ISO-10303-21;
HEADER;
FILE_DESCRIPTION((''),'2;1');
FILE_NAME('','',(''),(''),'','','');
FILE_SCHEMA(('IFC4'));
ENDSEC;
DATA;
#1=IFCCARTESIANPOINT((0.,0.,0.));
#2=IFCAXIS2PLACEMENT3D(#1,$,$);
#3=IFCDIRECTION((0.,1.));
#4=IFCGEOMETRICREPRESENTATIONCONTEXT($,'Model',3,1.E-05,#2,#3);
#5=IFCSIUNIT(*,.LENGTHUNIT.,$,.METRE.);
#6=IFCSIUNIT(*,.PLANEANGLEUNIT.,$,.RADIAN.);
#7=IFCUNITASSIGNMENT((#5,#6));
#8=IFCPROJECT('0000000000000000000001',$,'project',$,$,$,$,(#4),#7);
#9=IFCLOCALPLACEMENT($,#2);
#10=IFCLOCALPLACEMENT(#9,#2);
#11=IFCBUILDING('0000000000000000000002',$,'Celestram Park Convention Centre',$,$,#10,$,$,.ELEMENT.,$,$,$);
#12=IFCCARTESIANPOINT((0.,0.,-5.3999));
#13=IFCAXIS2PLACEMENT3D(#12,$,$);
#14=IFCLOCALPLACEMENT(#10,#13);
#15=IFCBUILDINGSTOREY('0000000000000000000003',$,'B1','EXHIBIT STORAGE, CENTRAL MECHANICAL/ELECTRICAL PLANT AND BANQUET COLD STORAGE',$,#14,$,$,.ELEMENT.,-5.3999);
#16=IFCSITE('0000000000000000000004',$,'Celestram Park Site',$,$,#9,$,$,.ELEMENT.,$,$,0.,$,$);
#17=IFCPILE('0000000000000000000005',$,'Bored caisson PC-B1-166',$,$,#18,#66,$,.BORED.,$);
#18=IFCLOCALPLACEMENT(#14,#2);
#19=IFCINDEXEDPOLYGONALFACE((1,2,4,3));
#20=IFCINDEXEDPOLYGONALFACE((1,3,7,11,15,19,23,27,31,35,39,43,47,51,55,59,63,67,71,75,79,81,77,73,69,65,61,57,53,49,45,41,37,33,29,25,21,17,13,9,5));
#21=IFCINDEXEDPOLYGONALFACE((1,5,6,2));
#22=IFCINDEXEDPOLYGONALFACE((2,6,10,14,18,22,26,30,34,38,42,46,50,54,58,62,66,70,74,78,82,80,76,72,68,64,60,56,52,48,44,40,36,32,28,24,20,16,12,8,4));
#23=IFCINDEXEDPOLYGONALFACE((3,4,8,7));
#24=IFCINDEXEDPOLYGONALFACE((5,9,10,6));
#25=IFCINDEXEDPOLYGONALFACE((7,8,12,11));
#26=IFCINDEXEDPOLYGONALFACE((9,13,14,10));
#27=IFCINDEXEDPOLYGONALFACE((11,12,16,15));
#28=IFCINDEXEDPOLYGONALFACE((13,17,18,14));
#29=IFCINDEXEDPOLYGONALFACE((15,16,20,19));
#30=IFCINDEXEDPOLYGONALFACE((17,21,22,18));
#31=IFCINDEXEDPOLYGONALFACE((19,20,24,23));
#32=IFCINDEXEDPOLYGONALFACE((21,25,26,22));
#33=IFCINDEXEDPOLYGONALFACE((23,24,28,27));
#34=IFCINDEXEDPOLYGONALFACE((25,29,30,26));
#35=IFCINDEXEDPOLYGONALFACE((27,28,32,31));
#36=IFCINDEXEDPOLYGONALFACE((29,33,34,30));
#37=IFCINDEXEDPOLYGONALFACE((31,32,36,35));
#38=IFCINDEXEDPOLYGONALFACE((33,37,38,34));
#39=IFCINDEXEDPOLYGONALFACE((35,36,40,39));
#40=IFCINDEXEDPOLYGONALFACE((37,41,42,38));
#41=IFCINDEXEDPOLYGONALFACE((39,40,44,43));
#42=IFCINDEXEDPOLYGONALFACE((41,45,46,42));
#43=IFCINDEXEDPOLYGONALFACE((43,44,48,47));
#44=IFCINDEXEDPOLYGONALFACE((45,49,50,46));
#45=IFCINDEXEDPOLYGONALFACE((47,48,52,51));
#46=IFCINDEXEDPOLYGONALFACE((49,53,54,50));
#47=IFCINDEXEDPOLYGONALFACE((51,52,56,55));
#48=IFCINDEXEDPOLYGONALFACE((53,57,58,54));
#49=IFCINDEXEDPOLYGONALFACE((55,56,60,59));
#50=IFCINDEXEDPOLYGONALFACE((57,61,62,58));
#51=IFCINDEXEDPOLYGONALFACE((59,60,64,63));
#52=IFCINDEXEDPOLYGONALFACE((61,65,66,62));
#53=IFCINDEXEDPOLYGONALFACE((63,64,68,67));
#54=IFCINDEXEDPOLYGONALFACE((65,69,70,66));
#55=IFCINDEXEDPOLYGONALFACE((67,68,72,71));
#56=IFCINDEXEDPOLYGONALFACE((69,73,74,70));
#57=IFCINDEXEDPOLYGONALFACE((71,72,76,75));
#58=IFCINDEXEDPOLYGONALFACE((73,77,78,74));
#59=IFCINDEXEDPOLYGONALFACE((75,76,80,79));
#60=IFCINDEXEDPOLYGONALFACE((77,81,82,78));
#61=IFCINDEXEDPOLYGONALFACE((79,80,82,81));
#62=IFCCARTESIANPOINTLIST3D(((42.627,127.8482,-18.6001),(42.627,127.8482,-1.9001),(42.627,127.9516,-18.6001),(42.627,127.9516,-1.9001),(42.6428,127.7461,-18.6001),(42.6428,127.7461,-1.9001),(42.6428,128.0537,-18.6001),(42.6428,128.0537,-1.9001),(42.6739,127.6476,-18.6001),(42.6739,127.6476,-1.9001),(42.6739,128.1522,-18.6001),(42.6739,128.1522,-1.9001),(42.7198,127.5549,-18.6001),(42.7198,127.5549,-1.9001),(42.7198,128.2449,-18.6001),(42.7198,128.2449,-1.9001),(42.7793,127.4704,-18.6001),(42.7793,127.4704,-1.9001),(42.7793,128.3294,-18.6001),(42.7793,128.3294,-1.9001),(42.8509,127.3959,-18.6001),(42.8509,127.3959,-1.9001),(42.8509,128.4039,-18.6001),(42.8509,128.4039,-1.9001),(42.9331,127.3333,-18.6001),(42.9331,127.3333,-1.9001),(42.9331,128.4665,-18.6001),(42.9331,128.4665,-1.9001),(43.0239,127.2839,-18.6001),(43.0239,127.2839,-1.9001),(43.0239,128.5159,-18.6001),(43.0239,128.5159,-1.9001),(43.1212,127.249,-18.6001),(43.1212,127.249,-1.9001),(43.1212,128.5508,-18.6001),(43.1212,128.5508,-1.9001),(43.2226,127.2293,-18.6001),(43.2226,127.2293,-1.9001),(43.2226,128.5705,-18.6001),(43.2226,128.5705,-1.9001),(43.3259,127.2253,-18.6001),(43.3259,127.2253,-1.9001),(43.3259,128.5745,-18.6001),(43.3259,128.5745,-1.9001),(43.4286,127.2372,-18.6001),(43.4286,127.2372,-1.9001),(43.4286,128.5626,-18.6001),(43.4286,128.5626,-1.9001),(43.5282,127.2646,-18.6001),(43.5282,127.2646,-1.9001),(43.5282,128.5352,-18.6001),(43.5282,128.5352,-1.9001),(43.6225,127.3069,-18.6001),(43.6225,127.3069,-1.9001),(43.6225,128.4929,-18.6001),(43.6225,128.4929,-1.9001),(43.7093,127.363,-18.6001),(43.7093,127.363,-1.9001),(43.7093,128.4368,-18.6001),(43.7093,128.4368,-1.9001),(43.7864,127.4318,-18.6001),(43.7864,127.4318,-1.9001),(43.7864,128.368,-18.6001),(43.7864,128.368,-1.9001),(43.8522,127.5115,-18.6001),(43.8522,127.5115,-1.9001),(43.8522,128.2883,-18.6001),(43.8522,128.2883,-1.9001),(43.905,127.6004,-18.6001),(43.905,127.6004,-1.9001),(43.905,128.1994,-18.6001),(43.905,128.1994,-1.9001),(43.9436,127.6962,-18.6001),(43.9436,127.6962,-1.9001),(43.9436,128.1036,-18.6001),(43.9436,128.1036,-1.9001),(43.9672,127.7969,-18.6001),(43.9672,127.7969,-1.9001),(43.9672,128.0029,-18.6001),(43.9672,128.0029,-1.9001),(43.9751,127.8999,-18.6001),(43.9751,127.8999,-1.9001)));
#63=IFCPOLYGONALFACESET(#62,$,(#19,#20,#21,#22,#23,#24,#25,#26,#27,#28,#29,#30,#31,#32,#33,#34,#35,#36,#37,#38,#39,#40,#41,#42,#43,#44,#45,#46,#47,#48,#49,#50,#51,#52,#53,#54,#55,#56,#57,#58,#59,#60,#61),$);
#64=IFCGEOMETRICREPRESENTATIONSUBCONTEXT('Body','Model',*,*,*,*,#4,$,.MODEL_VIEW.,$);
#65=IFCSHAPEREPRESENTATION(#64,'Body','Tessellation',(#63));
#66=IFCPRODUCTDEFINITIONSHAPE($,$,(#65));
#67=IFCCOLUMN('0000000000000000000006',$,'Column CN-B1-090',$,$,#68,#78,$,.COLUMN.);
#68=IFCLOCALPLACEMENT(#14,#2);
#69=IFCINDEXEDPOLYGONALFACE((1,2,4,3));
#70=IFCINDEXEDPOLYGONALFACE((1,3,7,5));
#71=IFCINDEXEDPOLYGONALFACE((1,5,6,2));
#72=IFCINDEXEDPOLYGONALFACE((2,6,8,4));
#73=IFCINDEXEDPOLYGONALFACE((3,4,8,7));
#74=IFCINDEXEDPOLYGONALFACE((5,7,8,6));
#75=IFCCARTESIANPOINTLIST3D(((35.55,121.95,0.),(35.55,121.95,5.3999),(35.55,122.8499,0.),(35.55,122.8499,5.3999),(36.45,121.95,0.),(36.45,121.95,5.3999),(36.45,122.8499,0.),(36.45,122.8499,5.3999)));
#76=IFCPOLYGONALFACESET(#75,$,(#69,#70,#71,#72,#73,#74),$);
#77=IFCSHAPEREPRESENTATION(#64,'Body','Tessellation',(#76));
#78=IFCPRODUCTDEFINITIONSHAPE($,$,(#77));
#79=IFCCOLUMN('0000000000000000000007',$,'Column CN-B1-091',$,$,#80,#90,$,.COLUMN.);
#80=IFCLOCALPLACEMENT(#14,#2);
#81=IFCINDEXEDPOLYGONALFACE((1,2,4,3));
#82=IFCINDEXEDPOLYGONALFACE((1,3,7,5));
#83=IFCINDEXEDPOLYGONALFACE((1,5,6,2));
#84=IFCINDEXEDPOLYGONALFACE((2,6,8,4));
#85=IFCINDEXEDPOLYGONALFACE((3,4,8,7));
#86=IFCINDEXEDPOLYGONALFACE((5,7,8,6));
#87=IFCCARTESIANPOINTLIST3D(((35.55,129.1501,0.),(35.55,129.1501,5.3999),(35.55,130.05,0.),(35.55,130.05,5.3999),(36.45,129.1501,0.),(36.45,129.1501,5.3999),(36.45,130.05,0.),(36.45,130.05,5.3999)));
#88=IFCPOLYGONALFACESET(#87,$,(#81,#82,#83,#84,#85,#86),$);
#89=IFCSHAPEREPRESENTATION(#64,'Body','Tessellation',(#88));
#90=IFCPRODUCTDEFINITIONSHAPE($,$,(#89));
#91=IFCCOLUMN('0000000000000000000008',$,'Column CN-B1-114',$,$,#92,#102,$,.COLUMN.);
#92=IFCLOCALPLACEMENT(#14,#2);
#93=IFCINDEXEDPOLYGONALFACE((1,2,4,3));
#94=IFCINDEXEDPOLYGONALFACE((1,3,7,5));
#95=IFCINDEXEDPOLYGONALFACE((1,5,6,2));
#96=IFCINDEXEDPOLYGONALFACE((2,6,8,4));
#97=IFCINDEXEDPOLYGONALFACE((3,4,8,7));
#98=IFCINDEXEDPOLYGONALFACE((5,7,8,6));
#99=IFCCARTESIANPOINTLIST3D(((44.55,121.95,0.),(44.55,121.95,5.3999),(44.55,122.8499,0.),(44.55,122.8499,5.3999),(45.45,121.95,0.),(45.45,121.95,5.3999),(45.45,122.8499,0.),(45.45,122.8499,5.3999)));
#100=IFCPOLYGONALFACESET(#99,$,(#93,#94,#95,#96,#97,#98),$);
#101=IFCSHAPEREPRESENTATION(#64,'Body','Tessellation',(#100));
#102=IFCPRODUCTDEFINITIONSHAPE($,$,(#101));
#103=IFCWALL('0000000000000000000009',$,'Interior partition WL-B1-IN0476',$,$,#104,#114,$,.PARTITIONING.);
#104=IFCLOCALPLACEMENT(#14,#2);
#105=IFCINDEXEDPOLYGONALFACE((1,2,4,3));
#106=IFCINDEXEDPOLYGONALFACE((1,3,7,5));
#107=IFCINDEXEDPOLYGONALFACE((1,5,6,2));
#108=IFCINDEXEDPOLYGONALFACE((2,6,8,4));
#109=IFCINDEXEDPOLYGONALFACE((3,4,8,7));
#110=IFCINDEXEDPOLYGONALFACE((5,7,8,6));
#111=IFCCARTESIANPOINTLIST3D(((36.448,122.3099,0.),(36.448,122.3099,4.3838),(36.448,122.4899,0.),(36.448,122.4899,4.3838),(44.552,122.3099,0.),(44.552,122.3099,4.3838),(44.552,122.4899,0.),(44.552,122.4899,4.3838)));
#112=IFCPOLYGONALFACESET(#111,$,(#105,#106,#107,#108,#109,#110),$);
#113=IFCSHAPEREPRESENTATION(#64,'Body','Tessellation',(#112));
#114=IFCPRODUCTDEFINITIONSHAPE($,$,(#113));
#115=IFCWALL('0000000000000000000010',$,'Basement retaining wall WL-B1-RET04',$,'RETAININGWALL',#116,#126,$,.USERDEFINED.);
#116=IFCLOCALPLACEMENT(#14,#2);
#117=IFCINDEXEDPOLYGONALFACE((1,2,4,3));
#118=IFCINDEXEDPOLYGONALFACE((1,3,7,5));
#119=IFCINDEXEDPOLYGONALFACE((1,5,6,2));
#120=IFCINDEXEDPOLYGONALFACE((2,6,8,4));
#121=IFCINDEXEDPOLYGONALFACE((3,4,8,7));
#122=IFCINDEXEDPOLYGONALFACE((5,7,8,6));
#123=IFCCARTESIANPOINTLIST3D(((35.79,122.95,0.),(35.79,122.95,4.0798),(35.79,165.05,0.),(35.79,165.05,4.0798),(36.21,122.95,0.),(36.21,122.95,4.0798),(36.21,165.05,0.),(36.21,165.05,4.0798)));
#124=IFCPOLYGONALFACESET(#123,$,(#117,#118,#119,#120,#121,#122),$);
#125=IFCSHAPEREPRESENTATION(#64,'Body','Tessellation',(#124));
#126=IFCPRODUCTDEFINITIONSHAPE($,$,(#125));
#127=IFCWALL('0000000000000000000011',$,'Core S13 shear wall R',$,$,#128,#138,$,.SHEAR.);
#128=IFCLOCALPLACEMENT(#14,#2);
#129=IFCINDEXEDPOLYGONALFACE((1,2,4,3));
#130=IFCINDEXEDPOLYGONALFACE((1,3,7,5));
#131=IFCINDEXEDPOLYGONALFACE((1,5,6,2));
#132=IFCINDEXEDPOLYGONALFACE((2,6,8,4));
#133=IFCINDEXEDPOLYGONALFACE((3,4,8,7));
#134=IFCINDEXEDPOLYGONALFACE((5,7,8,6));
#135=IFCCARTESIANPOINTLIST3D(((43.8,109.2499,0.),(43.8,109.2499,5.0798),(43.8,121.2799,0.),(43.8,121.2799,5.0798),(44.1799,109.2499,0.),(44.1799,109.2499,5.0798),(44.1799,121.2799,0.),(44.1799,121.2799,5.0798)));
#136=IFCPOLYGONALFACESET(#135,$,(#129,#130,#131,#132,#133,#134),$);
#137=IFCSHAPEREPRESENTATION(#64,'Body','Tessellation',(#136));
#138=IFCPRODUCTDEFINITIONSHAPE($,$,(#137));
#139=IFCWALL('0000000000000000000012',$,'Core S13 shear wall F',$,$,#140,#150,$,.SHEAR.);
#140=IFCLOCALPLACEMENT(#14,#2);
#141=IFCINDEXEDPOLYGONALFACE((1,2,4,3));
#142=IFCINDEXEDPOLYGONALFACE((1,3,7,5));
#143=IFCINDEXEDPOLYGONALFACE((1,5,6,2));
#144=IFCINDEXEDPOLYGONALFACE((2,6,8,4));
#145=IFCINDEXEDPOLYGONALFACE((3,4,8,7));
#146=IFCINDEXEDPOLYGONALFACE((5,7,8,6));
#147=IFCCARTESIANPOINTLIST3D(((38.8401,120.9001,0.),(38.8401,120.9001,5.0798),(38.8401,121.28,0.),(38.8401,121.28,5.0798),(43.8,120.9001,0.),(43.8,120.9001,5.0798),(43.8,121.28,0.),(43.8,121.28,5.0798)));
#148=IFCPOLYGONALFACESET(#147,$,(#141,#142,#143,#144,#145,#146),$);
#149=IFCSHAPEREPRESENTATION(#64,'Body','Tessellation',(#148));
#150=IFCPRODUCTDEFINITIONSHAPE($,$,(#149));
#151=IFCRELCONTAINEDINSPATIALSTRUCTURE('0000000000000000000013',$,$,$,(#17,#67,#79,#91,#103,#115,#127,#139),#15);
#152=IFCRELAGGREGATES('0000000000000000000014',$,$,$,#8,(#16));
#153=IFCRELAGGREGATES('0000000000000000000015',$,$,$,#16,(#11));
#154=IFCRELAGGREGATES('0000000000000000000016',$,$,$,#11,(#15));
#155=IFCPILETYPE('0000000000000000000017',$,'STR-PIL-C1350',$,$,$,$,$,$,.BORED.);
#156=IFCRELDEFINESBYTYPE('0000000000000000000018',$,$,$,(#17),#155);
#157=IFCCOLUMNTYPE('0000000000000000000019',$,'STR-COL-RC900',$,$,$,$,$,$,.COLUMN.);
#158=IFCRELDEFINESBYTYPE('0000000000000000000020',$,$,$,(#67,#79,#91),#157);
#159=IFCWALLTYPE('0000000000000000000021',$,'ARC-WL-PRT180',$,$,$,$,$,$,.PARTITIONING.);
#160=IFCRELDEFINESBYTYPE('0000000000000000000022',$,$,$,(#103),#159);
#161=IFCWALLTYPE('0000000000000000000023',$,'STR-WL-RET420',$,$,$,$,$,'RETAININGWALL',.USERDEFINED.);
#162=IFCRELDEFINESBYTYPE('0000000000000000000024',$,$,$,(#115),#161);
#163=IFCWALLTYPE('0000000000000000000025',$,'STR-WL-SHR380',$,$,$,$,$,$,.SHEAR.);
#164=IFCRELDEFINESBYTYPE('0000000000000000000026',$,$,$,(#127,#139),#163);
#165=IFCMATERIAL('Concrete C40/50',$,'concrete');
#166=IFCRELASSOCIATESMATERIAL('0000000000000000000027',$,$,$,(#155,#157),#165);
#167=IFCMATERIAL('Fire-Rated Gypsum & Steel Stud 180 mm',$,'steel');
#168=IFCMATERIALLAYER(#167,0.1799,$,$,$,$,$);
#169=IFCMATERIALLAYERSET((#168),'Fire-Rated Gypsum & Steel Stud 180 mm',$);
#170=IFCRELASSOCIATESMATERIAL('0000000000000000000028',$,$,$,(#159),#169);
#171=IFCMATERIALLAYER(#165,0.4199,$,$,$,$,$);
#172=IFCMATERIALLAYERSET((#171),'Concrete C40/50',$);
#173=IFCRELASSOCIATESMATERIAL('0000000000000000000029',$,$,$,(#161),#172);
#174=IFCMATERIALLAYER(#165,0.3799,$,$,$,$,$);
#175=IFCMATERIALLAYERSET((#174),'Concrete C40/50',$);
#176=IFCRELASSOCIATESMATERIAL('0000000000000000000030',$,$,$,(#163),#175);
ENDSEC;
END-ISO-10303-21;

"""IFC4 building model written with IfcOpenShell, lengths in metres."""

from ifc_helpers import new_model, si_unit, direction, frame, frame_2d, origin, origin_2d, place, context, subcontext, project, spatial, rectangle, circle, extrude, material, layer, layer_set, material_profile, profile_set, type_object, element, save


model = new_model("IFC4")

# Units and contexts
model_context = context("Model", 3, precision=1e-05, world=origin(), true_north=direction((0.0, 1.0)))
body_context = subcontext(model_context, "Body", "Model", "MODEL_VIEW")
ifc_project = project(units=[si_unit("LENGTHUNIT", "METRE"), si_unit("PLANEANGLEUNIT", "RADIAN")], contexts=[model_context])

# Site, building, storey
site_placement = place(None, origin())
site = spatial("IfcSite", under=ifc_project, at=site_placement, Name="Celestram Park Site", CompositionType="ELEMENT", RefElevation=0.0)
building_placement = place(site_placement, origin())
building = spatial("IfcBuilding", under=site, at=building_placement, Name="Celestram Park Convention Centre", CompositionType="ELEMENT")
storey_placement = place(building_placement, frame((0.0, 0.0, -5.3999)))
storey = spatial("IfcBuildingStorey", under=building, at=storey_placement, Name="B1", Description="EXHIBIT STORAGE, CENTRAL MECHANICAL/ELECTRICAL PLANT AND BANQUET COLD STORAGE", CompositionType="ELEMENT", Elevation=-5.3999)

# Shared definitions
ifc_material_1 = material(Name="Concrete C40/50", Category="concrete")

# Pile
ifc_material_profile_1 = material_profile(ifc_material_1, circle(Radius=0.675, at=origin_2d()), Name="CAISSON1350")
ifc_profile_set_1 = profile_set([ifc_material_profile_1], Name="Concrete C40/50")
pile_type = type_object("IfcPileType", Name="STR-PIL-C1350", PredefinedType="BORED", material=ifc_profile_set_1)
for number, where, z_axis, x_axis, name in (
    (1, (43.3, 127.8999, -1.9001), (0.0, 0.0, -1.0), (1.0, 0.0, 0.0), "Bored caisson PC-B1-166"),
):
    element("IfcPile", number, at=place(storey_placement, frame(where, z_axis=z_axis, x_axis=x_axis)), inside=storey, type_object=pile_type, Name=name, PredefinedType="BORED", context=body_context, shape_type="SweptSolid", body=[
        extrude(circle(Radius=0.675, at=origin_2d()), origin(), (0.0, 0.0, 1.0), 16.7),
    ])

# Columns
ifc_material_profile_2 = material_profile(ifc_material_1, rectangle(XDim=0.8999, YDim=0.8999, at=origin_2d()), Name="RC900X900")
ifc_profile_set_2 = profile_set([ifc_material_profile_2], Name="Concrete C40/50")
column_type = type_object("IfcColumnType", Name="STR-COL-RC900", PredefinedType="COLUMN", material=ifc_profile_set_2)
for number, where, z_axis, x_axis, name in (
    (2, (36.0, 122.3999, 0.0), (0.0, 0.0, 1.0), (1.0, 0.0, 0.0), "Column CN-B1-090"),
    (3, (36.0, 129.6001, 0.0), (0.0, 0.0, 1.0), (1.0, 0.0, 0.0), "Column CN-B1-091"),
    (4, (45.0, 122.3999, 0.0), (0.0, 0.0, 1.0), (1.0, 0.0, 0.0), "Column CN-B1-114"),
):
    element("IfcColumn", number, at=place(storey_placement, frame(where, z_axis=z_axis, x_axis=x_axis)), inside=storey, type_object=column_type, Name=name, PredefinedType="COLUMN", context=body_context, shape_type="SweptSolid", body=[
        extrude(rectangle(XDim=0.8999, YDim=0.8999, at=origin_2d()), origin(), (0.0, 0.0, 1.0), 5.3999),
    ])

# Walls
ifc_material_2 = material(Name="Fire-Rated Gypsum & Steel Stud 180 mm", Category="steel")
ifc_layer_1 = layer(ifc_material_2, 0.1799)
ifc_layer_set_1 = layer_set([ifc_layer_1], Name="Fire-Rated Gypsum & Steel Stud 180 mm")
wall_type_1 = type_object("IfcWallType", Name="ARC-WL-PRT180", PredefinedType="PARTITIONING", material=ifc_layer_set_1)
wall_1_placement = place(storey_placement, frame((36.448, 122.3999, 0.0), z_axis=(0.0, 0.0, 1.0), x_axis=(1.0, 0.0, 0.0)))
element("IfcWall", 5, at=wall_1_placement, inside=storey, type_object=wall_type_1, Name="Interior partition WL-B1-IN0476", PredefinedType="PARTITIONING", context=body_context, shape_type="SweptSolid", body=[
    extrude(rectangle(XDim=8.104, YDim=0.1799, at=frame_2d((4.052, 0.0))), origin(), (0.0, 0.0, 1.0), 4.3838),
])
ifc_layer_2 = layer(ifc_material_1, 0.4199)
ifc_layer_set_2 = layer_set([ifc_layer_2], Name="Concrete C40/50")
wall_type_2 = type_object("IfcWallType", Name="STR-WL-RET420", ElementType="RETAININGWALL", PredefinedType="USERDEFINED", material=ifc_layer_set_2)
wall_2_placement = place(storey_placement, frame((36.0, 122.95, 0.0), z_axis=(0.0, 0.0, 1.0), x_axis=(0.0, 1.0, 0.0)))
element("IfcWall", 6, at=wall_2_placement, inside=storey, type_object=wall_type_2, Name="Basement retaining wall WL-B1-RET04", ObjectType="RETAININGWALL", PredefinedType="USERDEFINED", context=body_context, shape_type="SweptSolid", body=[
    extrude(rectangle(XDim=42.1001, YDim=0.4199, at=frame_2d((21.05, 0.0))), origin(), (0.0, 0.0, 1.0), 4.0798),
])
ifc_layer_3 = layer(ifc_material_1, 0.3799)
ifc_layer_set_3 = layer_set([ifc_layer_3], Name="Concrete C40/50")
wall_type_3 = type_object("IfcWallType", Name="STR-WL-SHR380", PredefinedType="SHEAR", material=ifc_layer_set_3)
wall_3_placement = place(storey_placement, frame((43.99, 121.28, 0.0), z_axis=(0.0, 0.0, 1.0), x_axis=(0.0, -1.0, 0.0)))
element("IfcWall", 7, at=wall_3_placement, inside=storey, type_object=wall_type_3, Name="Core S13 shear wall R", PredefinedType="SHEAR", context=body_context, shape_type="SweptSolid", body=[
    extrude(rectangle(XDim=12.03, YDim=0.3799, at=frame_2d((6.0151, 0.0))), origin(), (0.0, 0.0, 1.0), 5.0798),
])
wall_4_placement = place(storey_placement, frame((38.8401, 121.0901, 0.0), z_axis=(0.0, 0.0, 1.0), x_axis=(1.0, 0.0, 0.0)))
element("IfcWall", 8, at=wall_4_placement, inside=storey, type_object=wall_type_3, Name="Core S13 shear wall F", PredefinedType="SHEAR", context=body_context, shape_type="SweptSolid", body=[
    extrude(rectangle(XDim=4.96, YDim=0.3799, at=frame_2d((2.48, 0.0))), origin(), (0.0, 0.0, 1.0), 5.0798),
])

save(model, "model.ifc")
